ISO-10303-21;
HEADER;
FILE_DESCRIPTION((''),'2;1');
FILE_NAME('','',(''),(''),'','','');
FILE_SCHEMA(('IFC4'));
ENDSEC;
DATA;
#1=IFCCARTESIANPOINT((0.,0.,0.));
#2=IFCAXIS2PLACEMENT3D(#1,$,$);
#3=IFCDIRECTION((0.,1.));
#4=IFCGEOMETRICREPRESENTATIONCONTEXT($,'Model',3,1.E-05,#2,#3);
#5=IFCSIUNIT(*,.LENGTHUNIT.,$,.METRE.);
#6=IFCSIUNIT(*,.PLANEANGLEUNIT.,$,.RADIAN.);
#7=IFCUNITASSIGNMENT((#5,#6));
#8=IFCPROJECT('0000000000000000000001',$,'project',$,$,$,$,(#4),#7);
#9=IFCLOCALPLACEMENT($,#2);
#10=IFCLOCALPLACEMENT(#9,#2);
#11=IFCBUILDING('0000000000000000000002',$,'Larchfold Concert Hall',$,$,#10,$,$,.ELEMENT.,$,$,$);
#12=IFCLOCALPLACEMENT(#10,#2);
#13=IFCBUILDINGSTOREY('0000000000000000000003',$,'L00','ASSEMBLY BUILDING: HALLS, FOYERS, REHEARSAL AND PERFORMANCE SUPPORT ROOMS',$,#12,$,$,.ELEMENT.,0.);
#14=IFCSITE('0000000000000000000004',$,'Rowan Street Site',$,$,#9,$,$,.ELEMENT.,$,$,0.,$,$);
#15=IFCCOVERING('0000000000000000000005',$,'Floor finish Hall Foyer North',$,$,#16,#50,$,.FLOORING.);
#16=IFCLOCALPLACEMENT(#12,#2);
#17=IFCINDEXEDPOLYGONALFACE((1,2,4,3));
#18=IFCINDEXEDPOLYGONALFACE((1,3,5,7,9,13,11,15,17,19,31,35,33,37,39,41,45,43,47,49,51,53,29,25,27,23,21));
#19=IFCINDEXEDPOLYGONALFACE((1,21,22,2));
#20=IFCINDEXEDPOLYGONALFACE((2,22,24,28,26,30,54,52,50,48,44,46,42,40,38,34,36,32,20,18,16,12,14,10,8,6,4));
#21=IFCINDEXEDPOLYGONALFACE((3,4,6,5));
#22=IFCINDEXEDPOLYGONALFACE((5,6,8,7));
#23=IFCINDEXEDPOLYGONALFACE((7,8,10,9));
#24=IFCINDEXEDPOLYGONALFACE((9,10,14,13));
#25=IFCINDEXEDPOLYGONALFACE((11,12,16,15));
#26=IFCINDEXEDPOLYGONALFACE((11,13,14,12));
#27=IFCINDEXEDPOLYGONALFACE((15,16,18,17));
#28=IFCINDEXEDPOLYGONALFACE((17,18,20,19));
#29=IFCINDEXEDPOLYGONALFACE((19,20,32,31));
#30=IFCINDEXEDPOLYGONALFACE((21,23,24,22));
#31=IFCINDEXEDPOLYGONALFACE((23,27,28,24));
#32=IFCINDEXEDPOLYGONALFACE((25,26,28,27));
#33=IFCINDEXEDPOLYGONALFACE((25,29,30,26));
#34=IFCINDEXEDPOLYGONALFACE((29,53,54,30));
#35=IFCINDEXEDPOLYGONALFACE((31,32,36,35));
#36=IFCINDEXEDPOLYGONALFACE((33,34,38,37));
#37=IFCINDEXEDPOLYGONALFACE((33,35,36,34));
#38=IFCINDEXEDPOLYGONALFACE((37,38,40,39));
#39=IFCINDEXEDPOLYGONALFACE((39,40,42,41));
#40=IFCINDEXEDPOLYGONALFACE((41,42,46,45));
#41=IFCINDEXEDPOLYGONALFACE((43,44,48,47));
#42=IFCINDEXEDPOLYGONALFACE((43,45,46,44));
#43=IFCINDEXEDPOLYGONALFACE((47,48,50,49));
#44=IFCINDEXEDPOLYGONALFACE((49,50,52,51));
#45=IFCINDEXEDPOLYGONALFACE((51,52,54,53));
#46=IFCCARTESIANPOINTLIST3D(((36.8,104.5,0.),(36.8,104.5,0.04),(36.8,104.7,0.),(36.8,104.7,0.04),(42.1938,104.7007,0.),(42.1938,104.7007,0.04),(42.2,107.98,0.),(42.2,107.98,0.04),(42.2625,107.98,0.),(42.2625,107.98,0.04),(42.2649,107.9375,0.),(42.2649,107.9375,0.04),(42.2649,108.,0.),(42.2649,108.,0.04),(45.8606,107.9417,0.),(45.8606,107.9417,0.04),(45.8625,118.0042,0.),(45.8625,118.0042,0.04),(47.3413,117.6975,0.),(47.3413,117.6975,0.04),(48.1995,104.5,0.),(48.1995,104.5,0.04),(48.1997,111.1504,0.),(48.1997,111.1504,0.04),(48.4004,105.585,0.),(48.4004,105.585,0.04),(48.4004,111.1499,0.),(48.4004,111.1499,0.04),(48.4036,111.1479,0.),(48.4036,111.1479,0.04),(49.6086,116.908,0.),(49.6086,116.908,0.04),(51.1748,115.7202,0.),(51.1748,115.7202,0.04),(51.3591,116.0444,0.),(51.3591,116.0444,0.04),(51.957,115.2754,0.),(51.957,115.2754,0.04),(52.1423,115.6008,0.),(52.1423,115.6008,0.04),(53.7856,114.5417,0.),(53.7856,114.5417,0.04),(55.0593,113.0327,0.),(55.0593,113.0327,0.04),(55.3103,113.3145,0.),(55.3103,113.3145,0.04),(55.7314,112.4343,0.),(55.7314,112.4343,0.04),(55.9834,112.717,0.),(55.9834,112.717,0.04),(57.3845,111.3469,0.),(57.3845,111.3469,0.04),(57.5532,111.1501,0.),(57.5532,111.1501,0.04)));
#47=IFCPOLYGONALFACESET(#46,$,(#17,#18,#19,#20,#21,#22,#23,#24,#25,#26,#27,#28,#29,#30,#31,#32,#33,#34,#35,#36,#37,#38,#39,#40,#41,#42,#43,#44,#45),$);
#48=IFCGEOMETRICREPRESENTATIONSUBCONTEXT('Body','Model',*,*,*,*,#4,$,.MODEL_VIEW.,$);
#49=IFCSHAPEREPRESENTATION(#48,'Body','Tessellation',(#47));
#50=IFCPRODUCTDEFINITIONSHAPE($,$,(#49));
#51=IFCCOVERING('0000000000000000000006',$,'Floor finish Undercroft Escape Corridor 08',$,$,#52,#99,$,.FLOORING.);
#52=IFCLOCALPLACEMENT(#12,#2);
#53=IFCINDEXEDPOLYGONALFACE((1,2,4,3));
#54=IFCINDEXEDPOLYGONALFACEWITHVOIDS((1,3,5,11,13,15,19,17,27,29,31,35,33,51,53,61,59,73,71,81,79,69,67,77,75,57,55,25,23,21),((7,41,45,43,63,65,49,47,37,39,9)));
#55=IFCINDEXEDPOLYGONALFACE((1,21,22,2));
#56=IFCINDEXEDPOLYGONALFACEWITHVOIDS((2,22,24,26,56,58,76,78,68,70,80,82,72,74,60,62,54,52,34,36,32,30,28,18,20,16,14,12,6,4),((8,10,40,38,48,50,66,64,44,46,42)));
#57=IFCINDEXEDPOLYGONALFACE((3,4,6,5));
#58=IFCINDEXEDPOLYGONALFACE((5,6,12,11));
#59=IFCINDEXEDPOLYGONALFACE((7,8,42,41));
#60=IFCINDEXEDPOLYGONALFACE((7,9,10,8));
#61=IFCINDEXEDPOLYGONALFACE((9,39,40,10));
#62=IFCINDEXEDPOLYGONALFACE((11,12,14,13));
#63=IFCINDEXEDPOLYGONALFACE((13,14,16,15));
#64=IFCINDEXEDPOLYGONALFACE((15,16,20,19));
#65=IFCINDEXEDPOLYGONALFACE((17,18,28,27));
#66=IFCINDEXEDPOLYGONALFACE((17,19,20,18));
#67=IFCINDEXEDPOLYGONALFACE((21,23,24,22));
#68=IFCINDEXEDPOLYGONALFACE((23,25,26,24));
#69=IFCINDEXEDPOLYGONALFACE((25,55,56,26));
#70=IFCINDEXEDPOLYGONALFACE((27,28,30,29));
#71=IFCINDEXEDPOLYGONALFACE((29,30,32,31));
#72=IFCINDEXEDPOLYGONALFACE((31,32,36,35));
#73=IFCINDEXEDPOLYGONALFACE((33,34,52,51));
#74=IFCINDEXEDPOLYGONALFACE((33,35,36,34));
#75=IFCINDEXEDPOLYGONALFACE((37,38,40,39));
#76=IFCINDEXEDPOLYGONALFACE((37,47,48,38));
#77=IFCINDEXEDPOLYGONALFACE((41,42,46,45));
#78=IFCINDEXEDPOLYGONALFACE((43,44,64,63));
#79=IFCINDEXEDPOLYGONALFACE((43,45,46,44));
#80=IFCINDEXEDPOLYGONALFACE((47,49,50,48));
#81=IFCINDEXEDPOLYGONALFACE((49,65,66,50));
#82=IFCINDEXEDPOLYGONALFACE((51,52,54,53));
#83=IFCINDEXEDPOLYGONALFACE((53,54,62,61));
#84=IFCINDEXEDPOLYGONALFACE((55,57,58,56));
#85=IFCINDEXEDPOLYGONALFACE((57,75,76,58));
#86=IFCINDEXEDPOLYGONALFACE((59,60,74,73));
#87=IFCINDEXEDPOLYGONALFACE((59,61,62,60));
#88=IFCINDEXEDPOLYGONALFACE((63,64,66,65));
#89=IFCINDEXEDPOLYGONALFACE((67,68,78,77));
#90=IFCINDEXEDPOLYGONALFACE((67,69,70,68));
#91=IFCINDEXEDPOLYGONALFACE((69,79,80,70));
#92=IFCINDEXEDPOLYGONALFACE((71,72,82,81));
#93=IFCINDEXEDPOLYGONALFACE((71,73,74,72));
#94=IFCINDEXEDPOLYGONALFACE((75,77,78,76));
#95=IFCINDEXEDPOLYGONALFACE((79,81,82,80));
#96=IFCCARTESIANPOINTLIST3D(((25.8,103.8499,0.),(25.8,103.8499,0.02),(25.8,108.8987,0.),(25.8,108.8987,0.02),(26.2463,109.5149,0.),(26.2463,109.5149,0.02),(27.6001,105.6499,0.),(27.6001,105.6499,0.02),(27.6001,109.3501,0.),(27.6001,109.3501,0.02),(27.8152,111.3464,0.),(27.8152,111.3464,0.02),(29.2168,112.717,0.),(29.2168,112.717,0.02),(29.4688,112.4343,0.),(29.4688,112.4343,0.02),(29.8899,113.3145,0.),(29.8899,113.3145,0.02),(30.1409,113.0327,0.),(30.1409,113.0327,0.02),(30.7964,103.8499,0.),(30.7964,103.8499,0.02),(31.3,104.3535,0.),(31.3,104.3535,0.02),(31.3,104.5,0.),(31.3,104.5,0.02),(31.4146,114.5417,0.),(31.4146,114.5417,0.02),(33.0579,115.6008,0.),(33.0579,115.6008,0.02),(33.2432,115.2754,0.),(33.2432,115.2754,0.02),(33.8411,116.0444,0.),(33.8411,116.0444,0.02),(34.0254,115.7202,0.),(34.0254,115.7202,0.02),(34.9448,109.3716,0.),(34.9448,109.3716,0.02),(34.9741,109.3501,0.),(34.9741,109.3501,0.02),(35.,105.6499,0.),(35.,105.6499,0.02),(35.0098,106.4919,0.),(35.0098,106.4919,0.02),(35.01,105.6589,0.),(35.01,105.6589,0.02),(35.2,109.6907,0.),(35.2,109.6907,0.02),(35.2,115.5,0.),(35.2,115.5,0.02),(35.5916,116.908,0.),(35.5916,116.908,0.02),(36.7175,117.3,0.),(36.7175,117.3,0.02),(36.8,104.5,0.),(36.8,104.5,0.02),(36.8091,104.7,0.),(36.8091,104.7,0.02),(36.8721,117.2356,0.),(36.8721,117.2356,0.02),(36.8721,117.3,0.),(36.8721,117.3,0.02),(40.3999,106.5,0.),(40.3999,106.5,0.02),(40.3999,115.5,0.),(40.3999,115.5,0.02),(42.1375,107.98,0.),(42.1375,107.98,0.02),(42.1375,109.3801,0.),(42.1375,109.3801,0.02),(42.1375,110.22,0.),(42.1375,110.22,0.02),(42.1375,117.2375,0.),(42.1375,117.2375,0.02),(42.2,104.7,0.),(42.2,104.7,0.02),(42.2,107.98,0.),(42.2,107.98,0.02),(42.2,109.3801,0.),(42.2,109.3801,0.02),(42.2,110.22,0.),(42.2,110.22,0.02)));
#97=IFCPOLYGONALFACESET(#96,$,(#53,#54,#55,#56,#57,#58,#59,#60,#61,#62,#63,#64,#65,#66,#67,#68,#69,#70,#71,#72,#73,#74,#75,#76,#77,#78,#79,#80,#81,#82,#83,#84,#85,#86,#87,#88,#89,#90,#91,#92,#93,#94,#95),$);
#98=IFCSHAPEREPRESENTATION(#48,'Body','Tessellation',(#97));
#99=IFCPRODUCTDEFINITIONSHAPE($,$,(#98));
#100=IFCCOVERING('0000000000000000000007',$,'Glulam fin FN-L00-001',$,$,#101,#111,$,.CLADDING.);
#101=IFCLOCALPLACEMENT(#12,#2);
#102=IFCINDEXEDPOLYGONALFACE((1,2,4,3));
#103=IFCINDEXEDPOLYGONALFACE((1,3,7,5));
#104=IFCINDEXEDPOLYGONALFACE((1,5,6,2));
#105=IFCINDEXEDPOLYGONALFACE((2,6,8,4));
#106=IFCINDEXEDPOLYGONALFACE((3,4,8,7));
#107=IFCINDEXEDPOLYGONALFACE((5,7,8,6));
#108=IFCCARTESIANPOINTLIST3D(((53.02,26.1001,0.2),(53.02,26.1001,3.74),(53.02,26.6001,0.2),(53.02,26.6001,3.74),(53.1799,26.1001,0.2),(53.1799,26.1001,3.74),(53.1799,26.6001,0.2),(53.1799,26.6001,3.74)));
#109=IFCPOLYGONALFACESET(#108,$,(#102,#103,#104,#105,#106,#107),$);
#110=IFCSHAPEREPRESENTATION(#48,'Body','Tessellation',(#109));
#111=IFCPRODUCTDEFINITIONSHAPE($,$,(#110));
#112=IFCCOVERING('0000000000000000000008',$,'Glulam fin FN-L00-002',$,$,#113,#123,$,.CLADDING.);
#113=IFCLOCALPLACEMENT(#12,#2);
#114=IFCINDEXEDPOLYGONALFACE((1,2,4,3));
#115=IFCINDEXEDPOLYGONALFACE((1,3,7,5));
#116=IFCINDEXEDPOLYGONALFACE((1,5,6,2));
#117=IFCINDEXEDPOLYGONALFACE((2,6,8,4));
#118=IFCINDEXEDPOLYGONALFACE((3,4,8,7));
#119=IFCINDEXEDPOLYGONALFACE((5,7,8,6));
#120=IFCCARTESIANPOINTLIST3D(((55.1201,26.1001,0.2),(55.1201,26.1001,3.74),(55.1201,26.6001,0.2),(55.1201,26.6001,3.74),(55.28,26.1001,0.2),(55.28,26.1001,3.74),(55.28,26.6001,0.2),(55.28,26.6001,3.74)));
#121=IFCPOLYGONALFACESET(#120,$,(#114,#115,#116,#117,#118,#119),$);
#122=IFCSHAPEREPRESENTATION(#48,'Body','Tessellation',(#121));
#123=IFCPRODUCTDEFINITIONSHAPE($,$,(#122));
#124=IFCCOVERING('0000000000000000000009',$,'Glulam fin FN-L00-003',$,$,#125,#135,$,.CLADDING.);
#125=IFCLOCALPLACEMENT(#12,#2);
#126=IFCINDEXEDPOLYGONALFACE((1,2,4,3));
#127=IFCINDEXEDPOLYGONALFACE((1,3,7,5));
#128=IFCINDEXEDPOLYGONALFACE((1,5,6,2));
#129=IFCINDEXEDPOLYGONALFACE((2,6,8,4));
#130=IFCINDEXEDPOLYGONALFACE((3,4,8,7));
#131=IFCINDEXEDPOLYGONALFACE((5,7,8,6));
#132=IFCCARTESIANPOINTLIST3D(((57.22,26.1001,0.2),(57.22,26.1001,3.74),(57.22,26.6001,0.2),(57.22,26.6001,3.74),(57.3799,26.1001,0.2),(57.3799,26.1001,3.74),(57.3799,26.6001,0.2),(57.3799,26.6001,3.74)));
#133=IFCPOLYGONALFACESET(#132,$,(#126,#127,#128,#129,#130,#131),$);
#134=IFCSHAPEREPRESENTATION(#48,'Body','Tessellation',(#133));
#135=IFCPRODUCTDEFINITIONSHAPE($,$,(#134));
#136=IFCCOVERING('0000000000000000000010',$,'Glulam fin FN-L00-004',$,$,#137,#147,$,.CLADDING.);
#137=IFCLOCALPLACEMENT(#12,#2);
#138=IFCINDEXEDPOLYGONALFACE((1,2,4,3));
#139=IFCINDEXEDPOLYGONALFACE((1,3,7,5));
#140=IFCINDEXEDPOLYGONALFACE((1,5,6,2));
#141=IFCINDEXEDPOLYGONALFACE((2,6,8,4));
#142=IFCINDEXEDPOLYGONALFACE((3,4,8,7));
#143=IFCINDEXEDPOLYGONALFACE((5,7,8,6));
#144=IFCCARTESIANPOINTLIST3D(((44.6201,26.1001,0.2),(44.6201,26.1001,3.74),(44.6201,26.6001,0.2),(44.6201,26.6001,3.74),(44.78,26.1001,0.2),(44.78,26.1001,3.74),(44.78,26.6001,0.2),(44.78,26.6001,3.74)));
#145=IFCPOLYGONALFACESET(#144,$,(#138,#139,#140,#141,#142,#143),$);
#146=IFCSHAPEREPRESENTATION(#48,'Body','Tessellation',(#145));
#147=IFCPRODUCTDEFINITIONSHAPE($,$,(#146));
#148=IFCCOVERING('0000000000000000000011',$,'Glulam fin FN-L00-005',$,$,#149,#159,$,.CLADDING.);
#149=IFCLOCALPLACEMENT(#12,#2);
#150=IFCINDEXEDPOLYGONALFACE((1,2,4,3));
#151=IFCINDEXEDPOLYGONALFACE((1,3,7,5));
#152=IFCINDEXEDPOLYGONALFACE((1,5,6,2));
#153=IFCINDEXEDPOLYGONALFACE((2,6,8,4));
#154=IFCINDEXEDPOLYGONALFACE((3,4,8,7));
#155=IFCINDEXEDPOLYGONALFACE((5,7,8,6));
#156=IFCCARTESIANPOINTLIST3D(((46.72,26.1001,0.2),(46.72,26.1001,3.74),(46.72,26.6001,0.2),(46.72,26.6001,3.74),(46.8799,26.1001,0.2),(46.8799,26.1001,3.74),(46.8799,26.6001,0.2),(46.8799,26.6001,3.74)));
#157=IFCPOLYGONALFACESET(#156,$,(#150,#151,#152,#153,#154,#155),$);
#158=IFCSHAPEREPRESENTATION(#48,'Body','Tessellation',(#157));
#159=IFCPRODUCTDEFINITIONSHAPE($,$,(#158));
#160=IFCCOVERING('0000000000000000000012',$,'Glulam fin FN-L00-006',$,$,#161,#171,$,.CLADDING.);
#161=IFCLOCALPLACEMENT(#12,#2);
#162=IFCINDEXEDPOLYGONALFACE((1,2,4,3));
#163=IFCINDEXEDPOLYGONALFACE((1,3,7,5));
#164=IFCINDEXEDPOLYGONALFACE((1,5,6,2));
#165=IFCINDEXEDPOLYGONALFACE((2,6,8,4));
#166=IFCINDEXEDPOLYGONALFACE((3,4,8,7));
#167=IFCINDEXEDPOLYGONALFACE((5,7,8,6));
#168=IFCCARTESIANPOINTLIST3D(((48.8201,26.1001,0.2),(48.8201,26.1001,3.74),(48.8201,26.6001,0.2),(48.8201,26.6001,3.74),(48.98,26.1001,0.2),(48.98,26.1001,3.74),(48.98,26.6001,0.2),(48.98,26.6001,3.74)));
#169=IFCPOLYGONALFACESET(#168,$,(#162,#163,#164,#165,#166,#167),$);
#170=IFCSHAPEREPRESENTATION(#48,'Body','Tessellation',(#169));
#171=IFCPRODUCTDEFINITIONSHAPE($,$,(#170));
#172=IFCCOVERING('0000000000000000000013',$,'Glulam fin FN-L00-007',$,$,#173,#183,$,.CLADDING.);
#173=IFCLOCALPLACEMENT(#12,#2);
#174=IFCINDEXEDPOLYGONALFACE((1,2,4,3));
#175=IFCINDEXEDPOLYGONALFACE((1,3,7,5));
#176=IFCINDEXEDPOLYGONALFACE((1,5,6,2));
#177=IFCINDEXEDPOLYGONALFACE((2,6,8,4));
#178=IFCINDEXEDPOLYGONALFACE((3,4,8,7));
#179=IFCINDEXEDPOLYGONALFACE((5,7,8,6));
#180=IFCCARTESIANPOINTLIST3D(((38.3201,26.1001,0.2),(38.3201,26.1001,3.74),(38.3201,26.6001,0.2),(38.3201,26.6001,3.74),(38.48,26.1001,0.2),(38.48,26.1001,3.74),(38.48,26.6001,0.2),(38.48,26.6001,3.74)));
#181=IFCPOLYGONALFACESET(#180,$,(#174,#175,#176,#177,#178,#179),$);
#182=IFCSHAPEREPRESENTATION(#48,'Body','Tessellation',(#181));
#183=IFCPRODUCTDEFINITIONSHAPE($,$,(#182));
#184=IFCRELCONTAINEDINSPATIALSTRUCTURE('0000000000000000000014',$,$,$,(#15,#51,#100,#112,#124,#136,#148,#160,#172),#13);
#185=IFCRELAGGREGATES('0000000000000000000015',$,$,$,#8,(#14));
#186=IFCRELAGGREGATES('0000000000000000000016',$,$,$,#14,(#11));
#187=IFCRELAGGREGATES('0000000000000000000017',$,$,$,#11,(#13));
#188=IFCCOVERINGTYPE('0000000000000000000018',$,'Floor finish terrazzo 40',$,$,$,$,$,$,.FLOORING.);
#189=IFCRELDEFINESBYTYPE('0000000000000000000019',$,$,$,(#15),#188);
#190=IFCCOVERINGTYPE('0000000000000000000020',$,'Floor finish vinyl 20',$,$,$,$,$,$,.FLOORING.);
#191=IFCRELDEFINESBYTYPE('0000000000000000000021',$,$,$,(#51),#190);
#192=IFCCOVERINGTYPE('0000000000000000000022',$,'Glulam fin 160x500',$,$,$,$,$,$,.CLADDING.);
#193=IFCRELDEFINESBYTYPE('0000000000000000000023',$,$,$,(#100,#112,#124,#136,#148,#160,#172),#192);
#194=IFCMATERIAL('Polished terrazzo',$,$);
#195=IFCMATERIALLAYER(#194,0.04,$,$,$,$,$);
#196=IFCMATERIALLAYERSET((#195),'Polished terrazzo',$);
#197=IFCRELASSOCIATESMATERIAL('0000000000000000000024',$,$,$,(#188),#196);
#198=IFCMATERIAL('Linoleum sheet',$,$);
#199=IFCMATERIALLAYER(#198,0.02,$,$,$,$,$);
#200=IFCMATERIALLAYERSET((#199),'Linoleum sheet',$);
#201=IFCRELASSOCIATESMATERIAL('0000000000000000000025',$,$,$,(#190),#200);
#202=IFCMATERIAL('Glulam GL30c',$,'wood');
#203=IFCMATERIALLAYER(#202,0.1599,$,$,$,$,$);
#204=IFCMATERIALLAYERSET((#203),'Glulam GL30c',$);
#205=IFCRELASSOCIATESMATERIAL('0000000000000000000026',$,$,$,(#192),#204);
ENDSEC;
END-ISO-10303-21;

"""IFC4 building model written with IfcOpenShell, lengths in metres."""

from ifc_helpers import new_model, si_unit, direction, frame, origin, place, context, subcontext, project, spatial, polyline, outline, extrude, material, layer, layer_set, type_object, element, save


model = new_model("IFC4")

# Units and contexts
model_context = context("Model", 3, precision=1e-05, world=origin(), true_north=direction((0.0, 1.0)))
body_context = subcontext(model_context, "Body", "Model", "MODEL_VIEW")
ifc_project = project(units=[si_unit("LENGTHUNIT", "METRE"), si_unit("PLANEANGLEUNIT", "RADIAN")], contexts=[model_context])

# Site, building, storey
site_placement = place(None, origin())
site = spatial("IfcSite", under=ifc_project, at=site_placement, Name="Rowan Street Site", CompositionType="ELEMENT", RefElevation=0.0)
building_placement = place(site_placement, origin())
building = spatial("IfcBuilding", under=site, at=building_placement, Name="Larchfold Concert Hall", CompositionType="ELEMENT")
storey_placement = place(building_placement, origin())
storey = spatial("IfcBuildingStorey", under=building, at=storey_placement, Name="L00", Description="ASSEMBLY BUILDING: HALLS, FOYERS, REHEARSAL AND PERFORMANCE SUPPORT ROOMS", CompositionType="ELEMENT", Elevation=0.0)

# Coverings
ifc_material_1 = material(Name="Polished terrazzo")
ifc_layer_1 = layer(ifc_material_1, 0.04)
ifc_layer_set_1 = layer_set([ifc_layer_1], Name="Polished terrazzo")
covering_type_1 = type_object("IfcCoveringType", Name="Floor finish terrazzo 40", PredefinedType="FLOORING", material=ifc_layer_set_1)
covering_1_placement = place(storey_placement, origin())
element("IfcCovering", 1, at=covering_1_placement, inside=storey, type_object=covering_type_1, Name="Floor finish Hall Foyer North", PredefinedType="FLOORING", context=body_context, shape_type="SweptSolid", body=[
    extrude(outline(polyline([(42.1938, 104.7007), (36.8, 104.7), (36.8, 104.5), (48.1995, 104.5), (48.1997, 111.1504), (48.4004, 111.1499), (48.4004, 105.585), (48.4036, 111.1479), (57.5532, 111.1501), (57.3845, 111.3469), (55.9834, 112.717), (55.7314, 112.4343), (55.0593, 113.0327), (55.3103, 113.3145), (53.7856, 114.5417), (52.1423, 115.6008), (51.957, 115.2754), (51.1748, 115.7202), (51.3591, 116.0444), (49.6086, 116.908), (47.3413, 117.6975), (45.8625, 118.0042), (45.8606, 107.9417), (42.2649, 107.9375), (42.2649, 108.0), (42.2625, 107.98), (42.2, 107.98), (42.1938, 104.7007)])), origin(), (0.0, 0.0, 1.0), 0.04),
])
ifc_material_2 = material(Name="Linoleum sheet")
ifc_layer_2 = layer(ifc_material_2, 0.02)
ifc_layer_set_2 = layer_set([ifc_layer_2], Name="Linoleum sheet")
covering_type_2 = type_object("IfcCoveringType", Name="Floor finish vinyl 20", PredefinedType="FLOORING", material=ifc_layer_set_2)
covering_2_placement = place(storey_placement, origin())
element("IfcCovering", 2, at=covering_2_placement, inside=storey, type_object=covering_type_2, Name="Floor finish Undercroft Escape Corridor 08", PredefinedType="FLOORING", context=body_context, shape_type="SweptSolid", body=[
    extrude(outline(polyline([(27.8152, 111.3464), (26.2463, 109.5149), (25.8, 108.8987), (25.8, 103.8499), (30.7964, 103.8499), (31.3, 104.3535), (31.3, 104.5), (36.8, 104.5), (36.8091, 104.7), (42.2, 104.7), (42.2, 107.98), (42.1375, 107.98), (42.1375, 109.3801), (42.2, 109.3801), (42.2, 110.22), (42.1375, 110.22), (42.1375, 117.2375), (36.8721, 117.2356), (36.8721, 117.3), (36.7175, 117.3), (35.5916, 116.908), (33.8411, 116.0444), (34.0254, 115.7202), (33.2432, 115.2754), (33.0579, 115.6008), (31.4146, 114.5417), (29.8899, 113.3145), (30.1409, 113.0327), (29.4688, 112.4343), (29.2168, 112.717), (27.8152, 111.3464)]), holes=[polyline([(34.9448, 109.3716), (35.2, 109.6907), (35.2, 115.5), (40.3999, 115.5), (40.3999, 106.5), (35.0098, 106.4919), (35.01, 105.6589), (35.0, 105.6499), (27.6001, 105.6499), (27.6001, 109.3501), (34.9741, 109.3501), (34.9448, 109.3716)])]), origin(), (0.0, 0.0, 1.0), 0.02),
])
ifc_material_3 = material(Name="Glulam GL30c", Category="wood")
ifc_layer_3 = layer(ifc_material_3, 0.1599)
ifc_layer_set_3 = layer_set([ifc_layer_3], Name="Glulam GL30c")
covering_type_3 = type_object("IfcCoveringType", Name="Glulam fin 160x500", PredefinedType="CLADDING", material=ifc_layer_set_3)
covering_3_placement = place(storey_placement, frame((0.0, 0.0, 0.2)))
element("IfcCovering", 3, at=covering_3_placement, inside=storey, type_object=covering_type_3, Name="Glulam fin FN-L00-001", PredefinedType="CLADDING", context=body_context, shape_type="SweptSolid", body=[
    extrude(outline(polyline([(53.1799, 26.1001), (53.1799, 26.6001), (53.02, 26.6001), (53.02, 26.1001), (53.1799, 26.1001)])), origin(), (0.0, 0.0, 1.0), 3.54),
])
covering_4_placement = place(storey_placement, frame((0.0, 0.0, 0.2)))
element("IfcCovering", 4, at=covering_4_placement, inside=storey, type_object=covering_type_3, Name="Glulam fin FN-L00-002", PredefinedType="CLADDING", context=body_context, shape_type="SweptSolid", body=[
    extrude(outline(polyline([(55.28, 26.1001), (55.28, 26.6001), (55.1201, 26.6001), (55.1201, 26.1001), (55.28, 26.1001)])), origin(), (0.0, 0.0, 1.0), 3.54),
])
covering_5_placement = place(storey_placement, frame((0.0, 0.0, 0.2)))
element("IfcCovering", 5, at=covering_5_placement, inside=storey, type_object=covering_type_3, Name="Glulam fin FN-L00-003", PredefinedType="CLADDING", context=body_context, shape_type="SweptSolid", body=[
    extrude(outline(polyline([(57.3799, 26.1001), (57.3799, 26.6001), (57.22, 26.6001), (57.22, 26.1001), (57.3799, 26.1001)])), origin(), (0.0, 0.0, 1.0), 3.54),
])
covering_6_placement = place(storey_placement, frame((0.0, 0.0, 0.2)))
element("IfcCovering", 6, at=covering_6_placement, inside=storey, type_object=covering_type_3, Name="Glulam fin FN-L00-004", PredefinedType="CLADDING", context=body_context, shape_type="SweptSolid", body=[
    extrude(outline(polyline([(44.78, 26.1001), (44.78, 26.6001), (44.6201, 26.6001), (44.6201, 26.1001), (44.78, 26.1001)])), origin(), (0.0, 0.0, 1.0), 3.54),
])
covering_7_placement = place(storey_placement, frame((0.0, 0.0, 0.2)))
element("IfcCovering", 7, at=covering_7_placement, inside=storey, type_object=covering_type_3, Name="Glulam fin FN-L00-005", PredefinedType="CLADDING", context=body_context, shape_type="SweptSolid", body=[
    extrude(outline(polyline([(46.8799, 26.1001), (46.8799, 26.6001), (46.72, 26.6001), (46.72, 26.1001), (46.8799, 26.1001)])), origin(), (0.0, 0.0, 1.0), 3.54),
])
covering_8_placement = place(storey_placement, frame((0.0, 0.0, 0.2)))
element("IfcCovering", 8, at=covering_8_placement, inside=storey, type_object=covering_type_3, Name="Glulam fin FN-L00-006", PredefinedType="CLADDING", context=body_context, shape_type="SweptSolid", body=[
    extrude(outline(polyline([(48.98, 26.1001), (48.98, 26.6001), (48.8201, 26.6001), (48.8201, 26.1001), (48.98, 26.1001)])), origin(), (0.0, 0.0, 1.0), 3.54),
])
covering_9_placement = place(storey_placement, frame((0.0, 0.0, 0.2)))
element("IfcCovering", 9, at=covering_9_placement, inside=storey, type_object=covering_type_3, Name="Glulam fin FN-L00-007", PredefinedType="CLADDING", context=body_context, shape_type="SweptSolid", body=[
    extrude(outline(polyline([(38.48, 26.1001), (38.48, 26.6001), (38.3201, 26.6001), (38.3201, 26.1001), (38.48, 26.1001)])), origin(), (0.0, 0.0, 1.0), 3.54),
])

save(model, "model.ifc")
